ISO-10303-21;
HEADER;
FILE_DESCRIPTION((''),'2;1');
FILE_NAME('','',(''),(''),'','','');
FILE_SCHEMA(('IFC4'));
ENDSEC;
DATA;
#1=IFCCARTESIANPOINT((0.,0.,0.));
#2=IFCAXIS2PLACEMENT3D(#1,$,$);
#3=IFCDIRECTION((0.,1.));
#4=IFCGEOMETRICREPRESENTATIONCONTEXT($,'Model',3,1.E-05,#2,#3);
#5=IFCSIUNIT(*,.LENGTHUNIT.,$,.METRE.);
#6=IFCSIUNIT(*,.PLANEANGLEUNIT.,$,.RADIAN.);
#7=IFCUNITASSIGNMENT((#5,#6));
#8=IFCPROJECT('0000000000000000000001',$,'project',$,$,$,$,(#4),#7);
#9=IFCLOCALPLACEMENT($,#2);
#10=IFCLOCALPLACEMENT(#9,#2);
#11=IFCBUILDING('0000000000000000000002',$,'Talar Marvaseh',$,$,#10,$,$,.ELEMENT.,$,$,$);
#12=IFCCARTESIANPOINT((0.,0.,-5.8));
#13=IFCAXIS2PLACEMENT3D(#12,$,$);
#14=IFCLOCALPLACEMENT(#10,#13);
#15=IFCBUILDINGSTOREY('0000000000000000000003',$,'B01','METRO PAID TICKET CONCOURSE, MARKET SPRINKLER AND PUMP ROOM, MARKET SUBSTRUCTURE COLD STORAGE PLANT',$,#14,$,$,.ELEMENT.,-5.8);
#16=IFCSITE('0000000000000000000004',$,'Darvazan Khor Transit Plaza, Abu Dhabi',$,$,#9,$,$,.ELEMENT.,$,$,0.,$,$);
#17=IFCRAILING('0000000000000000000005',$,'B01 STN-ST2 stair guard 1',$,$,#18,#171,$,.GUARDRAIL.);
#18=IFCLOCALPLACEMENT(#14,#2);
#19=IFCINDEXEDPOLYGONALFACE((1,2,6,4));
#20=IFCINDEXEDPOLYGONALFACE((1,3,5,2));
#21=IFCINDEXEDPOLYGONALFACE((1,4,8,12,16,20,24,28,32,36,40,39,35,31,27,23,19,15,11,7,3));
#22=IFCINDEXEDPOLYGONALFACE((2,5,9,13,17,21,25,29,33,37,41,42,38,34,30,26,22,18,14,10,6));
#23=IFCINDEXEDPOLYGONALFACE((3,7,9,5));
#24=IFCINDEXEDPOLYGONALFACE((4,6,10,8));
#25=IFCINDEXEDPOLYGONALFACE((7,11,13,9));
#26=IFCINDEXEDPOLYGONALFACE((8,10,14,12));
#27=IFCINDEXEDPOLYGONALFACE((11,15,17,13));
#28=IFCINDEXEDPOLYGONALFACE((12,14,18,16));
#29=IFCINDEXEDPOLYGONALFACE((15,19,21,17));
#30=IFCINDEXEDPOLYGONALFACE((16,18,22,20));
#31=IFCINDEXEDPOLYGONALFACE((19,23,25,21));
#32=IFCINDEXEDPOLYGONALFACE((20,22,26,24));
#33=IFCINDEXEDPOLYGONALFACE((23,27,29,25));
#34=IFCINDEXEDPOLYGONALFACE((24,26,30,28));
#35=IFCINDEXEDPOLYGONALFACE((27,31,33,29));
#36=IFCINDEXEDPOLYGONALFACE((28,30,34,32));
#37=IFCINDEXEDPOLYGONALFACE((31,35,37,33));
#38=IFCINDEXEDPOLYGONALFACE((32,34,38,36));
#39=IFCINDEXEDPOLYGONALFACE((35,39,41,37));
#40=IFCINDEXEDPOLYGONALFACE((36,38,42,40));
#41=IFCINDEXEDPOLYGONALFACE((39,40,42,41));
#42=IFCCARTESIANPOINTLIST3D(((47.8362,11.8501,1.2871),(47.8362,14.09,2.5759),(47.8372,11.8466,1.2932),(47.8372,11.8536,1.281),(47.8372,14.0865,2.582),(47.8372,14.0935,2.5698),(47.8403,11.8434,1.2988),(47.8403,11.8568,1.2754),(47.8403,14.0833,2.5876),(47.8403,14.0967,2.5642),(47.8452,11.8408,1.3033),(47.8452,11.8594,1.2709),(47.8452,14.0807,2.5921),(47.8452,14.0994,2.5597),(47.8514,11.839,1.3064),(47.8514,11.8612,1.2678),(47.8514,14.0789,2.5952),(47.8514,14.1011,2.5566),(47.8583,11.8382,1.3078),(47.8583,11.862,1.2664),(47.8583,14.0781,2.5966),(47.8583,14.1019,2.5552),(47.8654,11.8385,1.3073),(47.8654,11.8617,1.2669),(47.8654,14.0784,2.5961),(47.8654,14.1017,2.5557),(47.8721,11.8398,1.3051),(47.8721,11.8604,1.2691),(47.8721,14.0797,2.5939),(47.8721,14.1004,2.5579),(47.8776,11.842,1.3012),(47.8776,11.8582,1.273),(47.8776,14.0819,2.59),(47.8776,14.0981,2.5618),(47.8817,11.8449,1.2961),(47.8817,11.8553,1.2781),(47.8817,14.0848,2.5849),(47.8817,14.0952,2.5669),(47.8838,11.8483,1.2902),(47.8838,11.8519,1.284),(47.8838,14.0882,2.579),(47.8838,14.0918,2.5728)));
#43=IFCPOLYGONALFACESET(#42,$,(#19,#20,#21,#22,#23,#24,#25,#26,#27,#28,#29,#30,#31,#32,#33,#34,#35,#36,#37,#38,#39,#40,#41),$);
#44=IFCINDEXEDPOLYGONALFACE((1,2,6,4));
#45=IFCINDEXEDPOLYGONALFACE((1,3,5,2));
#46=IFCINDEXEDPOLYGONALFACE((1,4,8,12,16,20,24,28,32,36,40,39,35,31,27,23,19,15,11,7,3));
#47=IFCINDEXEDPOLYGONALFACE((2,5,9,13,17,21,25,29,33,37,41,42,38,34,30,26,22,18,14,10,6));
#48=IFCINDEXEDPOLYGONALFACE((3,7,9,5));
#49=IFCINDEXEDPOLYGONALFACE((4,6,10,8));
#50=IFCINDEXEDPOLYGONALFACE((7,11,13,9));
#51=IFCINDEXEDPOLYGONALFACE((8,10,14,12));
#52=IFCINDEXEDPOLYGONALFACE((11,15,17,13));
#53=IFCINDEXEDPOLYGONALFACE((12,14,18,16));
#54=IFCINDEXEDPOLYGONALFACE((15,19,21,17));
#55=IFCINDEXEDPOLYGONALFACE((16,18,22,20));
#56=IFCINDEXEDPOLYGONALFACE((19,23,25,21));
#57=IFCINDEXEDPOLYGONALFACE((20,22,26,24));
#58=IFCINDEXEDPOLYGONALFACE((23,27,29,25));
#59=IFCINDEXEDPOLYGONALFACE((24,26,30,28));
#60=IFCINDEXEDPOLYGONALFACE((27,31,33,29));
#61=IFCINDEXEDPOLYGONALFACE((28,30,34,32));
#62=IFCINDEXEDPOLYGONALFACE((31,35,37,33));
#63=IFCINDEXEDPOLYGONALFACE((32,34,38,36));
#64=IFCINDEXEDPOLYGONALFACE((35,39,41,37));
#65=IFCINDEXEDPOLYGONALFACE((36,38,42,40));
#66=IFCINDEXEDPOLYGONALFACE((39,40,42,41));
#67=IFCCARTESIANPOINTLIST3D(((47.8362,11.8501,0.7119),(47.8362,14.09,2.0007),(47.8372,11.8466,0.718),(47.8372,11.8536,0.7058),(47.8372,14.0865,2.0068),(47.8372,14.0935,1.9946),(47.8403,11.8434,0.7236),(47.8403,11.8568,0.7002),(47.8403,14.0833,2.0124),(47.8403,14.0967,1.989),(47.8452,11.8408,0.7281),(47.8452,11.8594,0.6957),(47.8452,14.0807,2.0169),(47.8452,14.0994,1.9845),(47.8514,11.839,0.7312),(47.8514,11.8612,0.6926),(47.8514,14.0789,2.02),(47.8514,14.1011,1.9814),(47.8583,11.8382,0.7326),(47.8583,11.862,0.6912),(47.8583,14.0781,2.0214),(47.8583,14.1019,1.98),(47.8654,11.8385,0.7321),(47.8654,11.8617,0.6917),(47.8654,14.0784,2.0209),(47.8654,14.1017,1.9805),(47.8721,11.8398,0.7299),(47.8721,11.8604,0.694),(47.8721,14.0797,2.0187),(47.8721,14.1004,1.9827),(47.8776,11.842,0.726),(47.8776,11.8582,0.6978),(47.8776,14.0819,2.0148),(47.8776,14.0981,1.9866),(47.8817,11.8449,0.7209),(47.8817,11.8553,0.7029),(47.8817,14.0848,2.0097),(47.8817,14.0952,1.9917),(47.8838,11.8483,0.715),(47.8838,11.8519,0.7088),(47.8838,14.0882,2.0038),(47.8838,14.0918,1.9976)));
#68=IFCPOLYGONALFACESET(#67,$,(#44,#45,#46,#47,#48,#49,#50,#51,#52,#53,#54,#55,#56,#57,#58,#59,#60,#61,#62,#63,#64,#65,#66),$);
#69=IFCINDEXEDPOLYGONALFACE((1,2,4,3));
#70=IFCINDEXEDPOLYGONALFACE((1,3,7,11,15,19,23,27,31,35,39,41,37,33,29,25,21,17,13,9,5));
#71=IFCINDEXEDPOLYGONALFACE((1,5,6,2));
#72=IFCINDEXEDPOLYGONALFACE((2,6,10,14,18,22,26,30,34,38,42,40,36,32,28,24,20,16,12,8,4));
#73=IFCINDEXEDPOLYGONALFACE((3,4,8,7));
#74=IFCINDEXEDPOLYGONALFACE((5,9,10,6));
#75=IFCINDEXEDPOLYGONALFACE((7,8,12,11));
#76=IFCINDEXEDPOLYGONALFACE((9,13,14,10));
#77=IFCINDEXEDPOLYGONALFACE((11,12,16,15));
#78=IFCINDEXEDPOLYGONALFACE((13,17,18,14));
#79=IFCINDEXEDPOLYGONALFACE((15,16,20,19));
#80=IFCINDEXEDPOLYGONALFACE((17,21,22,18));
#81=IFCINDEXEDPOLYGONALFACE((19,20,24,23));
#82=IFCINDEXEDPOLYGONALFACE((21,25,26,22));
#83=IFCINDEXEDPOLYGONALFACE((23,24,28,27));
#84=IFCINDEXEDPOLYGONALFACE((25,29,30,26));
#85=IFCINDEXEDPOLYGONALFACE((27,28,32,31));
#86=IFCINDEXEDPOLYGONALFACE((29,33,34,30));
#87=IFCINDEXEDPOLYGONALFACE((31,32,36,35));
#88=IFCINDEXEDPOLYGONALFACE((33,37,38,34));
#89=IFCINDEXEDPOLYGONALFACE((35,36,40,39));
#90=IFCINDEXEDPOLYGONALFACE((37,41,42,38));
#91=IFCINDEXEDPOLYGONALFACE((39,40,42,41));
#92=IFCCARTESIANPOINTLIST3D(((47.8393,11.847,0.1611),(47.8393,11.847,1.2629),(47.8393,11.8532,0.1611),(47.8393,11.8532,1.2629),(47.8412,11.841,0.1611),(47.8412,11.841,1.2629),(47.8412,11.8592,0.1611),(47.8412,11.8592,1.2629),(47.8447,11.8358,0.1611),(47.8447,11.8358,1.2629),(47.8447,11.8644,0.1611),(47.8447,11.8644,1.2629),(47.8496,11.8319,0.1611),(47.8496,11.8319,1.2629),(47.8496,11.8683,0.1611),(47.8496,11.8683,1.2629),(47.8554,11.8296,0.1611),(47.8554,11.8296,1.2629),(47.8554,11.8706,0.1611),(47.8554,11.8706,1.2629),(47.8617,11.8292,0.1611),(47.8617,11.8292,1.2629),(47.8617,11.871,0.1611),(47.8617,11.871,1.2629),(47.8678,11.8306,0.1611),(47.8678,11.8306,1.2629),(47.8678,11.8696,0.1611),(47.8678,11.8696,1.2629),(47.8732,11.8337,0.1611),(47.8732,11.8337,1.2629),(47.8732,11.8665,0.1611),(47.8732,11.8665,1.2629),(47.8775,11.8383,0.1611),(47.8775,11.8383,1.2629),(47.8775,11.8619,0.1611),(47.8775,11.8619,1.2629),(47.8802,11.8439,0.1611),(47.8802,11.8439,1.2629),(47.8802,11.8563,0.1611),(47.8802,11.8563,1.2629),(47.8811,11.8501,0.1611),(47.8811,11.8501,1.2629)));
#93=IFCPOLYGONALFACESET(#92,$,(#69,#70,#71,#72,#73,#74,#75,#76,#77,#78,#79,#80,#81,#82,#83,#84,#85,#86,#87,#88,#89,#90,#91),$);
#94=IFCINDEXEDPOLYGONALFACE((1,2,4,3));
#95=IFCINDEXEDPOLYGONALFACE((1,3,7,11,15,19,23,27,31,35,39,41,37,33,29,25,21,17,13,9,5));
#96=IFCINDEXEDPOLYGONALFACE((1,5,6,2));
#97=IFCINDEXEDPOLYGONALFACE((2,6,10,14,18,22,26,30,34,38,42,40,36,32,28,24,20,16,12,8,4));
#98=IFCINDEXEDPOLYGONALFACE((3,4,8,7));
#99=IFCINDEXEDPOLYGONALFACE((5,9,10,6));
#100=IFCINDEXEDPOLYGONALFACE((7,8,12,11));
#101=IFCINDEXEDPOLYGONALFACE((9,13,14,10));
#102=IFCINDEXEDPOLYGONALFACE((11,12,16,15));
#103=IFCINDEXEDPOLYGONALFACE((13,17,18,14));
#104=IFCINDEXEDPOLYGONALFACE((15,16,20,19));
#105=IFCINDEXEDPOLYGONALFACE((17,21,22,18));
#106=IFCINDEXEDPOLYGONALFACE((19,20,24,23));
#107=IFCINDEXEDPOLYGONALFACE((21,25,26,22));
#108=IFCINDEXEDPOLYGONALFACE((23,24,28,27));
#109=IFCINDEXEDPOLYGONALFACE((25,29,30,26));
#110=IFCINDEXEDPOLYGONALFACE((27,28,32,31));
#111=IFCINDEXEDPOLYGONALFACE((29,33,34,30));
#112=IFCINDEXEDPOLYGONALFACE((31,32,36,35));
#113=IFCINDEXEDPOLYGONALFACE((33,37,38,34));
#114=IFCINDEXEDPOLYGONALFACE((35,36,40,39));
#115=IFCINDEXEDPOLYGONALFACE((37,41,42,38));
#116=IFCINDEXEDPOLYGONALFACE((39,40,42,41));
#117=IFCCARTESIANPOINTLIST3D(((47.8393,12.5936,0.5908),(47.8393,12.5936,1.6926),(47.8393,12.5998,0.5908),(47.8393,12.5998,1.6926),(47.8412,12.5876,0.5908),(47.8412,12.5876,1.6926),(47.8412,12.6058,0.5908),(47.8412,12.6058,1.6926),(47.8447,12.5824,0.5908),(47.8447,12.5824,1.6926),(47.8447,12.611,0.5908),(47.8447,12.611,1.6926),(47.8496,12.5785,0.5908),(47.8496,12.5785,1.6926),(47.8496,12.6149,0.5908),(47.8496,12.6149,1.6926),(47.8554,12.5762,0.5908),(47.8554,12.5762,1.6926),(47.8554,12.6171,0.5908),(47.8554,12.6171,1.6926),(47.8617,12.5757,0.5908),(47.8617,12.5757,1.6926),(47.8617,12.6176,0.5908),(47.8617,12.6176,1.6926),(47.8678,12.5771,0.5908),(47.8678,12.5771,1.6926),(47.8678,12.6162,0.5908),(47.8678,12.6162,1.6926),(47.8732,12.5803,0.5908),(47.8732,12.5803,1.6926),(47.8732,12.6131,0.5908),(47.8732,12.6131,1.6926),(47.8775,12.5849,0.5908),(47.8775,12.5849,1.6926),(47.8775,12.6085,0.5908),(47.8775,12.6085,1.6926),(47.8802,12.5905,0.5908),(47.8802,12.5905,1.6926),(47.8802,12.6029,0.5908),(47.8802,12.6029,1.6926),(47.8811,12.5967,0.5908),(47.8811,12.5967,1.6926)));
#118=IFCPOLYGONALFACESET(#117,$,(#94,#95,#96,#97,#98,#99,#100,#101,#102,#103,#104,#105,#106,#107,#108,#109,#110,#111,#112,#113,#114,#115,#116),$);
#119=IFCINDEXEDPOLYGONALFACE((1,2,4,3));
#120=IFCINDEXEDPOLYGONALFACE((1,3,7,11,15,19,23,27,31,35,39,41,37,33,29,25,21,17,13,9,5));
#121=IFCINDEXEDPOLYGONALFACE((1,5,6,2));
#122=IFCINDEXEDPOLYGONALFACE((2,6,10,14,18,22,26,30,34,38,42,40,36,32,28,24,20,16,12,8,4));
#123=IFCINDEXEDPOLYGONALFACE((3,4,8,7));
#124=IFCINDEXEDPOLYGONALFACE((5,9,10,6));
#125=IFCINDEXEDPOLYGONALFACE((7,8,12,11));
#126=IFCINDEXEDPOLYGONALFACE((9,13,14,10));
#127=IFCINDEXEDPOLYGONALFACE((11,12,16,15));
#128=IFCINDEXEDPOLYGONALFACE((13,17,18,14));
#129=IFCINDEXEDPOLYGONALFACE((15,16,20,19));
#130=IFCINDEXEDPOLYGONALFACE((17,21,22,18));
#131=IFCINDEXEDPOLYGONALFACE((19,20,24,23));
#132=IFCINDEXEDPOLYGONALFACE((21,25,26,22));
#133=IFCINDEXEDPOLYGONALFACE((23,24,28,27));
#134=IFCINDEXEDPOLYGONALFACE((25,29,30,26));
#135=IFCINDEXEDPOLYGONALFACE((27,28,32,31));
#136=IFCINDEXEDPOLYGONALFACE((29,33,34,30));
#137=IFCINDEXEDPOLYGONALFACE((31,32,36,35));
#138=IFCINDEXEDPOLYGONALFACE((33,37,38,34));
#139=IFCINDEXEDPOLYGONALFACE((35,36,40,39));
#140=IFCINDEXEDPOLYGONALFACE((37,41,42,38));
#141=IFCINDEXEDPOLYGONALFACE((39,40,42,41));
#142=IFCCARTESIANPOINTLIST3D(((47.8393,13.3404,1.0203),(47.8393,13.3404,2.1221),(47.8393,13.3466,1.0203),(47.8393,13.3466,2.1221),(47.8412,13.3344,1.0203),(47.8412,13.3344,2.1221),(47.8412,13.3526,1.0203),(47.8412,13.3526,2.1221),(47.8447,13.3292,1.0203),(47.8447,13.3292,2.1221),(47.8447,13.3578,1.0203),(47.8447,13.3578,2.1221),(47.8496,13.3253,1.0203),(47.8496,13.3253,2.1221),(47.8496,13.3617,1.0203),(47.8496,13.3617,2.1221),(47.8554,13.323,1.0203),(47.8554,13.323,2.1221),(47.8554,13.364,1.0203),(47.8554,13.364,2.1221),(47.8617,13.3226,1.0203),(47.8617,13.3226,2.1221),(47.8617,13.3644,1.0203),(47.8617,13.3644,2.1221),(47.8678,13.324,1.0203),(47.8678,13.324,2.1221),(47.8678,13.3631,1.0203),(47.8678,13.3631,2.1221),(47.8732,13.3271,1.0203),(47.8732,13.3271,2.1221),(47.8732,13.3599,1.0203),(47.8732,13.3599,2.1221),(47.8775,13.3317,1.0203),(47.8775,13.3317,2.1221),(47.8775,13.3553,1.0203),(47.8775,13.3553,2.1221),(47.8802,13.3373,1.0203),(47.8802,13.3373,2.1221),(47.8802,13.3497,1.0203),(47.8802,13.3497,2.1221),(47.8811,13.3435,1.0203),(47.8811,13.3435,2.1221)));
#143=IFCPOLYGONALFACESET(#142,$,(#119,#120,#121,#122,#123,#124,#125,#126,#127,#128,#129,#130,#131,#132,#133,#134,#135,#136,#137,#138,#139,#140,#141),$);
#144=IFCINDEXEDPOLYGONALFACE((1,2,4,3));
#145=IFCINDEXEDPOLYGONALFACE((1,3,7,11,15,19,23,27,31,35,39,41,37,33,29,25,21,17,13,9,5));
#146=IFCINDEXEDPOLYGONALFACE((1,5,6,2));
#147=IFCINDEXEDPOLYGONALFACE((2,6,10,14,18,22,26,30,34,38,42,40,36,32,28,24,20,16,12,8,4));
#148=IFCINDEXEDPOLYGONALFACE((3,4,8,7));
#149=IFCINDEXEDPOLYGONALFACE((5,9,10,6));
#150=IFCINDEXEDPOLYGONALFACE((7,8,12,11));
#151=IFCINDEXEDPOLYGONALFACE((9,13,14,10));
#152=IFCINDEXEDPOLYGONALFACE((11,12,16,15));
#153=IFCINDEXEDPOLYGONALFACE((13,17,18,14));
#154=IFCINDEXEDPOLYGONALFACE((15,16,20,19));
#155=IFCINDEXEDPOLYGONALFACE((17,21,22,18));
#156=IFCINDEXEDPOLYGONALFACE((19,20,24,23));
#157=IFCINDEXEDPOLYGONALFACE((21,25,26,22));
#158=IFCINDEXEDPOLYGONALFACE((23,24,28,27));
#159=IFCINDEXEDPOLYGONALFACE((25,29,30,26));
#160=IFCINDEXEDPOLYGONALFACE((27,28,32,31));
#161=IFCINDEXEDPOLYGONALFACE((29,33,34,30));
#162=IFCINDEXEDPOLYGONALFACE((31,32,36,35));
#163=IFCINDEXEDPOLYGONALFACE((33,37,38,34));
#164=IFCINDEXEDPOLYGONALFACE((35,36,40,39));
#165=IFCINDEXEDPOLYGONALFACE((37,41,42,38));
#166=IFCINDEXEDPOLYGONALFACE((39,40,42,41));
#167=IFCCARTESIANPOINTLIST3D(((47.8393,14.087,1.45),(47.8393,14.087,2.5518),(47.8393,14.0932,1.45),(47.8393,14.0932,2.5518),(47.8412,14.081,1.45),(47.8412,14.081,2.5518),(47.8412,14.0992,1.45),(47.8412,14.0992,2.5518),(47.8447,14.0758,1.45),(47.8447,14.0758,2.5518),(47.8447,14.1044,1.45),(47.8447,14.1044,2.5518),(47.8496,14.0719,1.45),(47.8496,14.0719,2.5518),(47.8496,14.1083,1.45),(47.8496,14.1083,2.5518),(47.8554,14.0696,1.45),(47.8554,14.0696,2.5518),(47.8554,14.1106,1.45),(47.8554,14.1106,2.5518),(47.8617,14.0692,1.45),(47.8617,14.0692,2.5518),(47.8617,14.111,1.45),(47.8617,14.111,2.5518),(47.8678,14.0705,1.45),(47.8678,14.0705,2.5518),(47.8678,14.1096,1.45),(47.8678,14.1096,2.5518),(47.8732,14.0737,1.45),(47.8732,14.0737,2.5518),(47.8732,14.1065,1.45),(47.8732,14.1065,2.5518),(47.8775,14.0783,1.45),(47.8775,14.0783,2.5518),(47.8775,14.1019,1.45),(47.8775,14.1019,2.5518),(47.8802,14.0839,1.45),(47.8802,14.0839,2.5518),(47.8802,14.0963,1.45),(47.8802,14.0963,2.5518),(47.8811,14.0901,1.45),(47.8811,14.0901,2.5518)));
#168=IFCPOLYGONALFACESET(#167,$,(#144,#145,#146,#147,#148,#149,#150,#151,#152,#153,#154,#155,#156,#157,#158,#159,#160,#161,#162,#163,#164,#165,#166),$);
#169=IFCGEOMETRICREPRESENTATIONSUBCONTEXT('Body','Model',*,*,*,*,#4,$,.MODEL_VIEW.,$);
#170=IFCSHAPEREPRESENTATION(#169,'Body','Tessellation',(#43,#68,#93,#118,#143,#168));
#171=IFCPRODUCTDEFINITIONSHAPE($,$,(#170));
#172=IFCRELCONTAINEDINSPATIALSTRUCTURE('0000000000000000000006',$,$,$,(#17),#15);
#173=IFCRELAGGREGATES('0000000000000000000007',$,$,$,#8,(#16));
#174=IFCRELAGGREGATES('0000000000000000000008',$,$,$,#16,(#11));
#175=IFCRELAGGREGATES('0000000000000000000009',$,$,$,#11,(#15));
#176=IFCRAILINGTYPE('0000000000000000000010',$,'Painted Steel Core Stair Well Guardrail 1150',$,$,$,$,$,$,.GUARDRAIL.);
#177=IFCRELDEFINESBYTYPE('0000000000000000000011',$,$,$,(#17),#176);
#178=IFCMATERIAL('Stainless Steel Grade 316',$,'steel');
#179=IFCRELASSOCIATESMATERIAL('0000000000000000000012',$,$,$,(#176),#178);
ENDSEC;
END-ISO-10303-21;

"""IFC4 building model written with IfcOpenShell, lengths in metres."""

from ifc_helpers import new_model, si_unit, direction, frame, origin, origin_2d, place, context, subcontext, project, spatial, circle, extrude, material, type_object, element, save


model = new_model("IFC4")

# Units and contexts
model_context = context("Model", 3, precision=1e-05, world=origin(), true_north=direction((0.0, 1.0)))
body_context = subcontext(model_context, "Body", "Model", "MODEL_VIEW")
ifc_project = project(units=[si_unit("LENGTHUNIT", "METRE"), si_unit("PLANEANGLEUNIT", "RADIAN")], contexts=[model_context])

# Site, building, storey
site_placement = place(None, origin())
site = spatial("IfcSite", under=ifc_project, at=site_placement, Name="Darvazan Khor Transit Plaza, Abu Dhabi", CompositionType="ELEMENT", RefElevation=0.0)
building_placement = place(site_placement, origin())
building = spatial("IfcBuilding", under=site, at=building_placement, Name="Talar Marvaseh", CompositionType="ELEMENT")
storey_placement = place(building_placement, frame((0.0, 0.0, -5.8)))
storey = spatial("IfcBuildingStorey", under=building, at=storey_placement, Name="B01", Description="METRO PAID TICKET CONCOURSE, MARKET SPRINKLER AND PUMP ROOM, MARKET SUBSTRUCTURE COLD STORAGE PLANT", CompositionType="ELEMENT", Elevation=-5.8)

# Railing
ifc_material_1 = material(Name="Stainless Steel Grade 316", Category="steel")
railing_type_1 = type_object("IfcRailingType", Name="Painted Steel Core Stair Well Guardrail 1150", PredefinedType="GUARDRAIL", material=ifc_material_1)
railing_1_placement = place(storey_placement, frame((47.8601, 11.8501, 0.1611)))
element("IfcRailing", 1, at=railing_1_placement, inside=storey, type_object=railing_type_1, Name="B01 STN-ST2 stair guard 1", PredefinedType="GUARDRAIL", context=body_context, shape_type="SweptSolid", body=[
    extrude(circle(Radius=0.0239, at=origin_2d()), frame((0.0, 0.0, 1.126), z_axis=(0.0, 0.866768, 0.498711), x_axis=(-1.0, 0.0, 0.0)), (0.0, 0.0, 1.0), 2.5842),
    extrude(circle(Radius=0.0239, at=origin_2d()), frame((0.0, 0.0, 0.5508), z_axis=(0.0, 0.866768, 0.498711), x_axis=(-1.0, 0.0, 0.0)), (0.0, 0.0, 1.0), 2.5842),
    extrude(circle(Radius=0.021, at=origin_2d()), origin(), (0.0, 0.0, 1.0), 1.1018),
    extrude(circle(Radius=0.021, at=origin_2d()), frame((0.0, 0.7466, 0.4297)), (0.0, 0.0, 1.0), 1.1018),
    extrude(circle(Radius=0.021, at=origin_2d()), frame((0.0, 1.4934, 0.8591)), (0.0, 0.0, 1.0), 1.1018),
    extrude(circle(Radius=0.021, at=origin_2d()), frame((0.0, 2.24, 1.2888)), (0.0, 0.0, 1.0), 1.1018),
])

save(model, "model.ifc")
